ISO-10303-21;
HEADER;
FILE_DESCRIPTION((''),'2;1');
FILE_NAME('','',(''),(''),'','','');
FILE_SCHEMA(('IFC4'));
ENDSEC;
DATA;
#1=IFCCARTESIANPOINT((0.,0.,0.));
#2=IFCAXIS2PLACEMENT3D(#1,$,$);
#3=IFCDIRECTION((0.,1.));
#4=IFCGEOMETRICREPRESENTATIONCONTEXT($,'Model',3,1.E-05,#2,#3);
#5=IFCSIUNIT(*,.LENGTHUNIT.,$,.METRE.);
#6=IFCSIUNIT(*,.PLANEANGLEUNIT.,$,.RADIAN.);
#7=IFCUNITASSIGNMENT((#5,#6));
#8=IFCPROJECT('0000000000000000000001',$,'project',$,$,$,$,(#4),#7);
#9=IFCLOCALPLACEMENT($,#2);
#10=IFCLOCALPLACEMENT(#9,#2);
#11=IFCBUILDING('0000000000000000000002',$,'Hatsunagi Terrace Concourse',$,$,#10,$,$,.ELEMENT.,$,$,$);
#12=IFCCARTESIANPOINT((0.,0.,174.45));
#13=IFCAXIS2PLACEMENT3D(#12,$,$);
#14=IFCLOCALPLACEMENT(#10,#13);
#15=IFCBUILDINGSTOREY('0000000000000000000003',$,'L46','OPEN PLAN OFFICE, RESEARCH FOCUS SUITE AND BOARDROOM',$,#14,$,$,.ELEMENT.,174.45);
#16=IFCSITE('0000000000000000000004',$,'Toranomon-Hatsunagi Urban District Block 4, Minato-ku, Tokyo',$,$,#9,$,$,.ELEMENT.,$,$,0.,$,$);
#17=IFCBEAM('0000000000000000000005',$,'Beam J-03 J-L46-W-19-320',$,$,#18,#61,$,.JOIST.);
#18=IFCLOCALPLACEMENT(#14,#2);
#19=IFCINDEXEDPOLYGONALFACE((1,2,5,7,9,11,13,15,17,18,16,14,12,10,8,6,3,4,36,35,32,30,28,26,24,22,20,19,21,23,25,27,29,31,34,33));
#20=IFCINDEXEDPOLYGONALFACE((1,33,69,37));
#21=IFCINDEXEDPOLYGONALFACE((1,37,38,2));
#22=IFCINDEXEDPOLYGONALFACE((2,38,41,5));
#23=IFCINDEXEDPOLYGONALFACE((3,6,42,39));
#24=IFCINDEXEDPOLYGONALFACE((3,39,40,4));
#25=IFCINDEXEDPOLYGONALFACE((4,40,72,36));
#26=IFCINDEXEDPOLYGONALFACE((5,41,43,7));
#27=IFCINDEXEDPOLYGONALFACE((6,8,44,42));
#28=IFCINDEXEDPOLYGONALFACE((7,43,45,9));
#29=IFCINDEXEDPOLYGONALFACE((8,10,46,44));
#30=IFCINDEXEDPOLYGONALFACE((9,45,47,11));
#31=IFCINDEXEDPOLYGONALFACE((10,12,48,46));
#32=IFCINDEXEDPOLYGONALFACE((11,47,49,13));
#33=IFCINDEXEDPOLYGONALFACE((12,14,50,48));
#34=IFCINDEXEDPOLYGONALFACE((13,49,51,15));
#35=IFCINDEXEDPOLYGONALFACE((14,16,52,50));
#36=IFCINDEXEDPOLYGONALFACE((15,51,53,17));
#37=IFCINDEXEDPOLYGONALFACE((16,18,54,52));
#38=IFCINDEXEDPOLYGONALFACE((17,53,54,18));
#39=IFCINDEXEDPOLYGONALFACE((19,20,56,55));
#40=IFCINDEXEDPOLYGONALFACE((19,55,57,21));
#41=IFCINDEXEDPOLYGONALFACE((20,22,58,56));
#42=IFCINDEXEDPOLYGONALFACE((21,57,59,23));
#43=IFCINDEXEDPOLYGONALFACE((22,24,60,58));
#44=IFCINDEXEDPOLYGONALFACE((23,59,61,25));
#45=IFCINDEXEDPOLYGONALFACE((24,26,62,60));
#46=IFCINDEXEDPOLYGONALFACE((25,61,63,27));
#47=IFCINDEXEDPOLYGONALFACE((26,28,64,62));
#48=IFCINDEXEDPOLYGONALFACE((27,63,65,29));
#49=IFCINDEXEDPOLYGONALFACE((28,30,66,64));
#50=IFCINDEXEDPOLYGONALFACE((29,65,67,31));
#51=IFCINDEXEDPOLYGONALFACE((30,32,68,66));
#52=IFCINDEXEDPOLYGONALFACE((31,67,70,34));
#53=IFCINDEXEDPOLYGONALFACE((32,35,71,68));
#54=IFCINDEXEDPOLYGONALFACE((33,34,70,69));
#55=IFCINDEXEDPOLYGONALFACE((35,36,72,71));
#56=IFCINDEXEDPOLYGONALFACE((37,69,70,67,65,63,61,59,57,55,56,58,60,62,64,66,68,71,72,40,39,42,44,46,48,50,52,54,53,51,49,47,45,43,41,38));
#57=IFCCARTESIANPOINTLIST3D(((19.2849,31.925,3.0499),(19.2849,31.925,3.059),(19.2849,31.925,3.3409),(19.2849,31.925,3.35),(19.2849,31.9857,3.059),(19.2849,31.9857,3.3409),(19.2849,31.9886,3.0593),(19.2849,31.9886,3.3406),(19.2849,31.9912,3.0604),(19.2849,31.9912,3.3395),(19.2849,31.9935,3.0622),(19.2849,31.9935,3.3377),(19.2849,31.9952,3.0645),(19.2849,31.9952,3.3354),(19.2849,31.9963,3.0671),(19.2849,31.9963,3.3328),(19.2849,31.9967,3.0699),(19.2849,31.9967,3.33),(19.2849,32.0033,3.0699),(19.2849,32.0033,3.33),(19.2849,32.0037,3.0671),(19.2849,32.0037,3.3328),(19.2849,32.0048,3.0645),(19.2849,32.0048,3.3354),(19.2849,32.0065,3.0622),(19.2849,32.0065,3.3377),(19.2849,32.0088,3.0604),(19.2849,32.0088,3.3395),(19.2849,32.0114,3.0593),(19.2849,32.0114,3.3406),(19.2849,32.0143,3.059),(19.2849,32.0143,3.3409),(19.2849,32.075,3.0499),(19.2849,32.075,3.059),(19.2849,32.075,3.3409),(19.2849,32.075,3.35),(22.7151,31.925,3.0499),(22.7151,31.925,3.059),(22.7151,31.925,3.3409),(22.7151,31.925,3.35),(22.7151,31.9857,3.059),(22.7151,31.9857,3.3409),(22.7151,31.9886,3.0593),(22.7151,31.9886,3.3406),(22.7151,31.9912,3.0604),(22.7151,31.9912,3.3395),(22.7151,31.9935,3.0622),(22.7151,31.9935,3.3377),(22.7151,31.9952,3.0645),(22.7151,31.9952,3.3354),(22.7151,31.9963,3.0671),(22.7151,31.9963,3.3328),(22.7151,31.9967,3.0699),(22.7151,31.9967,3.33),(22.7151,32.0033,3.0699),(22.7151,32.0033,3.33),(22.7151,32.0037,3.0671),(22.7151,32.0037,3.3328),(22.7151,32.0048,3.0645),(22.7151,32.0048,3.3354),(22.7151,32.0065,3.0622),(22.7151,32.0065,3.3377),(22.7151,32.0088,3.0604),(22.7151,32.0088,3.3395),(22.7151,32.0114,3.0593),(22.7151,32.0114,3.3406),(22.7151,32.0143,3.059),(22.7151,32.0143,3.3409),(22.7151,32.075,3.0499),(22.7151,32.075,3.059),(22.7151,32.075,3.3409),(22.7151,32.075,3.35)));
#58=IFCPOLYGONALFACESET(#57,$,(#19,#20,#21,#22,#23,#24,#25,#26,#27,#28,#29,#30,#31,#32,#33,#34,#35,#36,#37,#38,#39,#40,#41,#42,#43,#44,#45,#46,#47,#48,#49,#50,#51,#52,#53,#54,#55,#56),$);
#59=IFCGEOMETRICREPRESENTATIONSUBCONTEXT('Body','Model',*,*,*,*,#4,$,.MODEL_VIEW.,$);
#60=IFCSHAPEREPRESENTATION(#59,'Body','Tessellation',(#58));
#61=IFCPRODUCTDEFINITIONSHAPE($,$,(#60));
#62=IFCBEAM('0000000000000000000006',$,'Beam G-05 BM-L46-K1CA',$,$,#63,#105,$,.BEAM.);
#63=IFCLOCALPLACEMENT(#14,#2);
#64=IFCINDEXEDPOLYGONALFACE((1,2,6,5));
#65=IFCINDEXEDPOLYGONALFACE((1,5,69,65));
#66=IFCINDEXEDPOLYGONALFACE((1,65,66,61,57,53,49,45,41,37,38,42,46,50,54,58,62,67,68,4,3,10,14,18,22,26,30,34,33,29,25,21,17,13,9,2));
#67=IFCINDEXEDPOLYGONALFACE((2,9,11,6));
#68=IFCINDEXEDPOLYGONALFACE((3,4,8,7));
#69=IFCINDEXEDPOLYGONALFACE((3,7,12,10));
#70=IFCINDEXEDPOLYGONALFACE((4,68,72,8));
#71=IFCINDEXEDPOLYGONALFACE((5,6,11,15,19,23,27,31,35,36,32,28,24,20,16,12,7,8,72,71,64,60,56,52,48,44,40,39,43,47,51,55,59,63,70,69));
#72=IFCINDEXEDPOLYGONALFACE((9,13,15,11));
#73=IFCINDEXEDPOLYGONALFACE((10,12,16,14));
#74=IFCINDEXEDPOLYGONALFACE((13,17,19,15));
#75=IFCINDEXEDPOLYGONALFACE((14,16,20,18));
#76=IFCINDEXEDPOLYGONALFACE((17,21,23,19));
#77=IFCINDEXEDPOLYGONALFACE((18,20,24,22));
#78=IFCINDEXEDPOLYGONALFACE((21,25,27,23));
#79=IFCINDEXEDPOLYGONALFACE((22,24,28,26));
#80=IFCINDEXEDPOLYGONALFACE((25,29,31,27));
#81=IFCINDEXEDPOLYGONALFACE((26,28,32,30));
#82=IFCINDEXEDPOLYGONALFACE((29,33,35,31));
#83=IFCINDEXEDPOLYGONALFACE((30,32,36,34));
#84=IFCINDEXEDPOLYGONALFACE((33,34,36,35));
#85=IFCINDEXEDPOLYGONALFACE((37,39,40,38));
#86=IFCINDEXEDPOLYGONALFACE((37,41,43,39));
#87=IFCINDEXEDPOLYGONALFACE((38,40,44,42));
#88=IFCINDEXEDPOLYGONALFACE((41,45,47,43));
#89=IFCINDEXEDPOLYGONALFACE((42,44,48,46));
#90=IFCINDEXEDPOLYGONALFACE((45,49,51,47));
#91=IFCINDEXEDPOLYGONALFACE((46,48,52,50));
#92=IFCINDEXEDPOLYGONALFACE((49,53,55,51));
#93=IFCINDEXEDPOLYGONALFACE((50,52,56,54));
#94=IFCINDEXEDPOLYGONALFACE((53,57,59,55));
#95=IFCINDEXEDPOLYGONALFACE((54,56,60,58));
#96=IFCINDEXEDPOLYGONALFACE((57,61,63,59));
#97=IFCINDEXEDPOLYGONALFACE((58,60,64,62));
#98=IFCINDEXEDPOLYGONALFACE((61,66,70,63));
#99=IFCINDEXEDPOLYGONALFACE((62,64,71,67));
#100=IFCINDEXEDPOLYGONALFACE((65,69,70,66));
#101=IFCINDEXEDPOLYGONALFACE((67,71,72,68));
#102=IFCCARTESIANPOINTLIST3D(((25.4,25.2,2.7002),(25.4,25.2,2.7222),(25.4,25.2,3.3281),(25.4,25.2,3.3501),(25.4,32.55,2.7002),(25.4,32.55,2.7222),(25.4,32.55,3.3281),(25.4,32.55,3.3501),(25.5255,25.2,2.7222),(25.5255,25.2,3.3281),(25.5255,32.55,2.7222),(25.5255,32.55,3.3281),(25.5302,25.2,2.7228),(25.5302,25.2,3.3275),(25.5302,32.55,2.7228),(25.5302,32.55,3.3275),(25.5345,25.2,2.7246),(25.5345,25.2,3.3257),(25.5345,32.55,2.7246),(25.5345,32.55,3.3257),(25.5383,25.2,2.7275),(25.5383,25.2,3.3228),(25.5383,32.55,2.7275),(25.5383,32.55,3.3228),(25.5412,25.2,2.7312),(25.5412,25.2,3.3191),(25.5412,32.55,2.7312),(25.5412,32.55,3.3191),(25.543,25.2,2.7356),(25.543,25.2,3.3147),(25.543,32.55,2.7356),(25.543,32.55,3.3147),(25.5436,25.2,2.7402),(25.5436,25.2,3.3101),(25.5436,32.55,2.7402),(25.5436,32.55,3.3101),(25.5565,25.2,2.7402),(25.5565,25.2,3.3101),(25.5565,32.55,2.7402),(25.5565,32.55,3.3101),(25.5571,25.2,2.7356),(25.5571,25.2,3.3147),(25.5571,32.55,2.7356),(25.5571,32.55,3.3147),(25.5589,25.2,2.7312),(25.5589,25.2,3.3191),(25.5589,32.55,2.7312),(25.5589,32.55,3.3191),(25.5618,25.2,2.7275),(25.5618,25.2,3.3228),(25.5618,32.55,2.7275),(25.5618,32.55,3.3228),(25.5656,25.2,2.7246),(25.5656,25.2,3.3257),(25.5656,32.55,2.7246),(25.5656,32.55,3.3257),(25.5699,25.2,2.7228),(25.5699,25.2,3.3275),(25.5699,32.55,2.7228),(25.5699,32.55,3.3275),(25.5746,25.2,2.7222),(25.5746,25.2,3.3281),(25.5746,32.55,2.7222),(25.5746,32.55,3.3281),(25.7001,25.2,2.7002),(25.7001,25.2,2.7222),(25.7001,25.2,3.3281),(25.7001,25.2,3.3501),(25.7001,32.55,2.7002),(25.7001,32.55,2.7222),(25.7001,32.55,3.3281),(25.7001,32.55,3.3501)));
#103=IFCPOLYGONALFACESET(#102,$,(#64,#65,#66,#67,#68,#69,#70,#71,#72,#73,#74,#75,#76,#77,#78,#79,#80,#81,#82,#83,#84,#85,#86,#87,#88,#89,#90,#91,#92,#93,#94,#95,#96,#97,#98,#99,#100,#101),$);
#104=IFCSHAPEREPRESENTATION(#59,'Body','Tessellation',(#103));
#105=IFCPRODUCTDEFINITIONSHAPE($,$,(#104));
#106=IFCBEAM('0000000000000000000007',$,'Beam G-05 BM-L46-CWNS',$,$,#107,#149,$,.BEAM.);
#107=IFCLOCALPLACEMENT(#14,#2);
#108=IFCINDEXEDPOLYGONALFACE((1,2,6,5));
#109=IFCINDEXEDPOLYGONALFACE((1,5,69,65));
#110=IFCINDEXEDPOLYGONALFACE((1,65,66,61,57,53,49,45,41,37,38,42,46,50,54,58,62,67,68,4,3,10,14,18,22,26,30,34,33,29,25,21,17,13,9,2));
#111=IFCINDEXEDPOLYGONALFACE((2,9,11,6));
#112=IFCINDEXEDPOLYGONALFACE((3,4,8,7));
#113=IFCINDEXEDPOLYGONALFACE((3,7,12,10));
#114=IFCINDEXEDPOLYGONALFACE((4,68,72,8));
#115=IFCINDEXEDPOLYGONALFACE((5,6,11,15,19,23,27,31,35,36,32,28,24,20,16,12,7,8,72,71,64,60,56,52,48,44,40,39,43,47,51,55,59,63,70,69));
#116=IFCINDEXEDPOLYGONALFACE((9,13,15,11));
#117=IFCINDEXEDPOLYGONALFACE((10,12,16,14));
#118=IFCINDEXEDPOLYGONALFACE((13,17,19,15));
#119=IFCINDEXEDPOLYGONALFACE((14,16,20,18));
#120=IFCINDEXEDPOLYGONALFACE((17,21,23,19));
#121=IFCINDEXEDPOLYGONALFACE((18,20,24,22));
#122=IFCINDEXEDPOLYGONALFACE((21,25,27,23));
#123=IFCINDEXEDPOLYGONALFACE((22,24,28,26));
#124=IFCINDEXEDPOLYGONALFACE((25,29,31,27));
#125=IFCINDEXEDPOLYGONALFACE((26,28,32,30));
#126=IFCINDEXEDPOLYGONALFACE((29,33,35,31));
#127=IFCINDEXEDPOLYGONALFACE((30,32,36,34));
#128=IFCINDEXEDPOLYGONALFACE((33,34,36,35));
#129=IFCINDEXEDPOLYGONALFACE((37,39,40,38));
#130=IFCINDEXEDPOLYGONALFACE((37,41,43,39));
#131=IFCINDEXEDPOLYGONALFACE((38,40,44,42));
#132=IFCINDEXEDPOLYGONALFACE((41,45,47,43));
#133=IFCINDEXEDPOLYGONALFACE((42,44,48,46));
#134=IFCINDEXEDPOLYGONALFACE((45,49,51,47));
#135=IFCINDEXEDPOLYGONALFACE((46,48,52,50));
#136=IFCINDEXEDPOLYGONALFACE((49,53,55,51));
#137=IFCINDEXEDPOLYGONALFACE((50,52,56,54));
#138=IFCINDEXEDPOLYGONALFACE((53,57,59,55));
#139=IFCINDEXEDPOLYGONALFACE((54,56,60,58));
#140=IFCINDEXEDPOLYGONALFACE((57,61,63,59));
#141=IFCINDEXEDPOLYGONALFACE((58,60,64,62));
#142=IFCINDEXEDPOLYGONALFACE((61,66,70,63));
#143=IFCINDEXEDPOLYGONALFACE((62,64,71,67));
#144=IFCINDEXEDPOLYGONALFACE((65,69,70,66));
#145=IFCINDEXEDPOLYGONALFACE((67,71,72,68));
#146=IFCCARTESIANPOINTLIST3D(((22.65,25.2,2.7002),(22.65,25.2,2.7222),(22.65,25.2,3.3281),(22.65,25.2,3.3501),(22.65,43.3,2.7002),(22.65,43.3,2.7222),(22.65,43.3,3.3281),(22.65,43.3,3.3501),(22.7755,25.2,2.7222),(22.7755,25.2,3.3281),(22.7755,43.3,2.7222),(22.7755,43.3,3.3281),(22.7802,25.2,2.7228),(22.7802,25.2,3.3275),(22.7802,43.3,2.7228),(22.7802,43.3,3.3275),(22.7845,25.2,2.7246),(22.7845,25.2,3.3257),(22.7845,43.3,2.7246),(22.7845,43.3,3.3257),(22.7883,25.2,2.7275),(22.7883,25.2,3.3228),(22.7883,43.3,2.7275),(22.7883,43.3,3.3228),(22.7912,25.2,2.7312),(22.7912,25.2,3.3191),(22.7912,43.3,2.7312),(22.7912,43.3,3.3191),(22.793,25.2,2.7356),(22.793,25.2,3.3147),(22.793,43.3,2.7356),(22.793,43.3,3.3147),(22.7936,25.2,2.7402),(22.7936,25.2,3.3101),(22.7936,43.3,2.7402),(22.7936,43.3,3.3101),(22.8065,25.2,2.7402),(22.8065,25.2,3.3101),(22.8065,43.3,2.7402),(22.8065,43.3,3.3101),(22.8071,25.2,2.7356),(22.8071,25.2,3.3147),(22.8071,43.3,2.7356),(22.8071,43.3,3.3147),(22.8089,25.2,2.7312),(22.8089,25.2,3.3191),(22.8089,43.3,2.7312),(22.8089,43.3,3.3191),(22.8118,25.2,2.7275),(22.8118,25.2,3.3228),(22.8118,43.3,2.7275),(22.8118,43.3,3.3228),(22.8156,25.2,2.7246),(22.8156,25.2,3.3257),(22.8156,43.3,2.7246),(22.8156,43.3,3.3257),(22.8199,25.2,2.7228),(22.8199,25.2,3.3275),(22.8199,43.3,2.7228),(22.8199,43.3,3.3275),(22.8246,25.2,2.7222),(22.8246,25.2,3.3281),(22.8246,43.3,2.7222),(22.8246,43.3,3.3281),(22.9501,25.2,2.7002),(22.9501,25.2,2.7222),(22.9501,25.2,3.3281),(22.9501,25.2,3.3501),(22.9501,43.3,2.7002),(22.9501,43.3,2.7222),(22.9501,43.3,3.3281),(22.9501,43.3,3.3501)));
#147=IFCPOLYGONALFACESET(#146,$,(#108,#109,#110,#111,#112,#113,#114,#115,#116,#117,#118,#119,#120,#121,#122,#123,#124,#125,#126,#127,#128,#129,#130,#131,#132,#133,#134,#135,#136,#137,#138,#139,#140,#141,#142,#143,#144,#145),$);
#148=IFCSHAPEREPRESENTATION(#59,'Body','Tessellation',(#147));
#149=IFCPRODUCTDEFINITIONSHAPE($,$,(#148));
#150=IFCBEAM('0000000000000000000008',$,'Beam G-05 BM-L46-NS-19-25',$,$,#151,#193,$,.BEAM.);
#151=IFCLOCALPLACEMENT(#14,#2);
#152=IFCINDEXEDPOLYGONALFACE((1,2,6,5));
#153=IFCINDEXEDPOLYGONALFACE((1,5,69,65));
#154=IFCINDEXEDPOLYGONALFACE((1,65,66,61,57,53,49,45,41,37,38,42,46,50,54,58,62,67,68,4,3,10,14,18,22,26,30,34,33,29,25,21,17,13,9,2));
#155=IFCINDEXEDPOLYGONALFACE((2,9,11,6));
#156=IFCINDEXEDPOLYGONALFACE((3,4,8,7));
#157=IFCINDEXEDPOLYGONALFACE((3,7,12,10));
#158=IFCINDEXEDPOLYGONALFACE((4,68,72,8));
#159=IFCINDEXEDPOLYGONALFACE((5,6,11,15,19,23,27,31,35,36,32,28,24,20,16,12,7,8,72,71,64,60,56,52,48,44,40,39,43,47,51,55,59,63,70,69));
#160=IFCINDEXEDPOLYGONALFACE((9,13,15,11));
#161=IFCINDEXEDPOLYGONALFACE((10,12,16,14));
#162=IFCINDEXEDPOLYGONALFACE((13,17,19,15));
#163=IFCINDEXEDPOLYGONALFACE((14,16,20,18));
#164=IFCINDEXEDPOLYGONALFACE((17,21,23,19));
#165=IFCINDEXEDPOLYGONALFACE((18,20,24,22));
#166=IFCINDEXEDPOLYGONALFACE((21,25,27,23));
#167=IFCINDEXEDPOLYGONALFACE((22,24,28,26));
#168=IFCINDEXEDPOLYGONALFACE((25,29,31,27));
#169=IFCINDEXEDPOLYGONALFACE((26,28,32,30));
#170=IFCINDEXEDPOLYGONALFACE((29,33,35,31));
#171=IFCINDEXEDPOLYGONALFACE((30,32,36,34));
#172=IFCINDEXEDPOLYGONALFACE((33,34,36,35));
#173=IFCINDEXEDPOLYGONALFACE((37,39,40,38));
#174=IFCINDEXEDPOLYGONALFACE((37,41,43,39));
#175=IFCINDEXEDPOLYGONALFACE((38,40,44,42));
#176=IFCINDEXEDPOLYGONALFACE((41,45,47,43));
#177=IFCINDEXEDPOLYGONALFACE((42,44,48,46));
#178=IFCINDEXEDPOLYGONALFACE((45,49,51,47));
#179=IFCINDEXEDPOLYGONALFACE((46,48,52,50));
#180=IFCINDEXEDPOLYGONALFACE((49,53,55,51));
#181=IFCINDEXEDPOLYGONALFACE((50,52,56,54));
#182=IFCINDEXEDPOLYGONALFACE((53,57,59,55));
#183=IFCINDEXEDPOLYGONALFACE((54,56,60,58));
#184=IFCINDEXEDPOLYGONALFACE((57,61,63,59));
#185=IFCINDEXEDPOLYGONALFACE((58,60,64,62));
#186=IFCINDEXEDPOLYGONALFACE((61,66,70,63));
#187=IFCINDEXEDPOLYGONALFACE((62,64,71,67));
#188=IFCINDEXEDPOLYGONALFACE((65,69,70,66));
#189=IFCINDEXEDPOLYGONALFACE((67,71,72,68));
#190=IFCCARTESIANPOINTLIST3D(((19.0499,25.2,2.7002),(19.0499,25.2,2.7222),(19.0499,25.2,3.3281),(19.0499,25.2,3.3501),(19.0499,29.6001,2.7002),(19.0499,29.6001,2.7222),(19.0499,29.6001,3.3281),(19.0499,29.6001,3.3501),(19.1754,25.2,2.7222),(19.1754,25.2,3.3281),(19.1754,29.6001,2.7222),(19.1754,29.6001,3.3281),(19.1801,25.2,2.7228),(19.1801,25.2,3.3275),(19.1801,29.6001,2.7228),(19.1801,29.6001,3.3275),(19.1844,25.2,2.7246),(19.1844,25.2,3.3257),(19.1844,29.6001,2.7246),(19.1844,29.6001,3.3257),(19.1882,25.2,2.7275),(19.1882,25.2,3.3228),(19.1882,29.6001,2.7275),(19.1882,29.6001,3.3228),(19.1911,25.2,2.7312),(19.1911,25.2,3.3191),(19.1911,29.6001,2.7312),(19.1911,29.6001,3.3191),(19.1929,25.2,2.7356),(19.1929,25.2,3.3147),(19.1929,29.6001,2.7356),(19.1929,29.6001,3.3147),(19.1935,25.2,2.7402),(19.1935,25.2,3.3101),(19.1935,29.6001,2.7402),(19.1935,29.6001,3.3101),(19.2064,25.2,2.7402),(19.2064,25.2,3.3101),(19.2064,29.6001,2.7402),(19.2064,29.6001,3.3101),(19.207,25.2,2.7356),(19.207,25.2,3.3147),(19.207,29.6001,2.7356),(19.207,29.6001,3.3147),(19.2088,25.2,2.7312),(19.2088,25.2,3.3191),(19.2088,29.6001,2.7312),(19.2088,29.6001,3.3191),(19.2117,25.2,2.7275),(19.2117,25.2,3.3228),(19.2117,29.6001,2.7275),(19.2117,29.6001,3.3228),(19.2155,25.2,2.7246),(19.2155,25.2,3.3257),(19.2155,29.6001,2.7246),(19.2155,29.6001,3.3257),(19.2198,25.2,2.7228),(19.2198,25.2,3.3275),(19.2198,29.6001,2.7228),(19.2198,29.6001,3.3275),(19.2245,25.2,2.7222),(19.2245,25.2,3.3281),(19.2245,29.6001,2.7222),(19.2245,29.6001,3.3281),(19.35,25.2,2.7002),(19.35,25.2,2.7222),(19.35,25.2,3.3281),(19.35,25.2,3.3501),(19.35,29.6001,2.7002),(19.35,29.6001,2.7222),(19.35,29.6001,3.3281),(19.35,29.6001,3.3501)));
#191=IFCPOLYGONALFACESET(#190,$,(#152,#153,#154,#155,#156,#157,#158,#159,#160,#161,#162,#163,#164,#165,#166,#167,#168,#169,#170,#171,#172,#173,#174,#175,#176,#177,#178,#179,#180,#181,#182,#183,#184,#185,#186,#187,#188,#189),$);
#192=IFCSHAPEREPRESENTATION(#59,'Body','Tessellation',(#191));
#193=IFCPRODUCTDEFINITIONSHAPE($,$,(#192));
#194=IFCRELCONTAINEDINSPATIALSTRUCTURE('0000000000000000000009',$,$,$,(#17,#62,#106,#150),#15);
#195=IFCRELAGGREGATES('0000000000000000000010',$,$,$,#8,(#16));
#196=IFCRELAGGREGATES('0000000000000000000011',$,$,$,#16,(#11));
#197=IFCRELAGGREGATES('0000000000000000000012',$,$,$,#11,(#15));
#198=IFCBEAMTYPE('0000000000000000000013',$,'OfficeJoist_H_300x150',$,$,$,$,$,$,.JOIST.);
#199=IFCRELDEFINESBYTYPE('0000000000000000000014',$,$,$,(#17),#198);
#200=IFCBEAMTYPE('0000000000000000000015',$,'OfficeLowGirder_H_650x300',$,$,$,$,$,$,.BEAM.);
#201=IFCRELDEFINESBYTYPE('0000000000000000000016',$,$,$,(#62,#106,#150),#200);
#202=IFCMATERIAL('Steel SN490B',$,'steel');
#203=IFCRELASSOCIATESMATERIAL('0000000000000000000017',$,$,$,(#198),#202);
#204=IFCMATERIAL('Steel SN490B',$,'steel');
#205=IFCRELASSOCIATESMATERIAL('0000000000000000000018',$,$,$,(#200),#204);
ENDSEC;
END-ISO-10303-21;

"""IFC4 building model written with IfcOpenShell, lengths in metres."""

from ifc_helpers import new_model, si_unit, direction, frame, origin, origin_2d, place, context, subcontext, project, spatial, i_section, extrude, material, material_profile, profile_set, type_object, element, save


model = new_model("IFC4")

# Units and contexts
model_context = context("Model", 3, precision=1e-05, world=origin(), true_north=direction((0.0, 1.0)))
body_context = subcontext(model_context, "Body", "Model", "MODEL_VIEW")
ifc_project = project(units=[si_unit("LENGTHUNIT", "METRE"), si_unit("PLANEANGLEUNIT", "RADIAN")], contexts=[model_context])

# Site, building, storey
site_placement = place(None, origin())
site = spatial("IfcSite", under=ifc_project, at=site_placement, Name="Toranomon-Hatsunagi Urban District Block 4, Minato-ku, Tokyo", CompositionType="ELEMENT", RefElevation=0.0)
building_placement = place(site_placement, origin())
building = spatial("IfcBuilding", under=site, at=building_placement, Name="Hatsunagi Terrace Concourse", CompositionType="ELEMENT")
storey_placement = place(building_placement, frame((0.0, 0.0, 174.45)))
storey = spatial("IfcBuildingStorey", under=building, at=storey_placement, Name="L46", Description="OPEN PLAN OFFICE, RESEARCH FOCUS SUITE AND BOARDROOM", CompositionType="ELEMENT", Elevation=174.45)

# Beams
ifc_material_1 = material(Name="Steel SN490B", Category="steel")
ifc_material_profile_1 = material_profile(ifc_material_1, i_section(OverallWidth=0.1499, OverallDepth=0.3, WebThickness=0.0066, FlangeThickness=0.009, FilletRadius=0.011, at=origin_2d()), Name="H-300x150x6.5x9")
ifc_profile_set_1 = profile_set([ifc_material_profile_1], Name="Steel SN490B")
beam_type_1 = type_object("IfcBeamType", Name="OfficeJoist_H_300x150", PredefinedType="JOIST", material=ifc_profile_set_1)
for number, where, z_axis, x_axis, name in (
    (1, (19.2849, 32.0, 3.2), (1.0, 0.0, 0.0), (0.0, 1.0, 0.0), "Beam J-03 J-L46-W-19-320"),
):
    element("IfcBeam", number, at=place(storey_placement, frame(where, z_axis=z_axis, x_axis=x_axis)), inside=storey, type_object=beam_type_1, Name=name, PredefinedType="JOIST", context=body_context, shape_type="SweptSolid", body=[
        extrude(i_section(OverallWidth=0.1499, OverallDepth=0.3, WebThickness=0.0066, FlangeThickness=0.009, FilletRadius=0.011, at=origin_2d()), origin(), (0.0, 0.0, 1.0), 3.4302),
    ])
ifc_material_2 = material(Name="Steel SN490B", Category="steel")
ifc_material_profile_2 = material_profile(ifc_material_2, i_section(OverallWidth=0.3, OverallDepth=0.6499, WebThickness=0.0129, FlangeThickness=0.022, FilletRadius=0.0181, at=origin_2d()), Name="H-650x300x13x22")
ifc_profile_set_2 = profile_set([ifc_material_profile_2], Name="Steel SN490B")
beam_type_2 = type_object("IfcBeamType", Name="OfficeLowGirder_H_650x300", PredefinedType="BEAM", material=ifc_profile_set_2)
beam_1_placement = place(storey_placement, frame((25.55, 25.2, 3.0251), z_axis=(0.0, 1.0, 0.0), x_axis=(-1.0, 0.0, 0.0)))
element("IfcBeam", 2, at=beam_1_placement, inside=storey, type_object=beam_type_2, Name="Beam G-05 BM-L46-K1CA", PredefinedType="BEAM", context=body_context, shape_type="SweptSolid", body=[
    extrude(i_section(OverallWidth=0.3, OverallDepth=0.6499, WebThickness=0.0129, FlangeThickness=0.022, FilletRadius=0.0181, at=origin_2d()), origin(), (0.0, 0.0, 1.0), 7.3501),
])
beam_2_placement = place(storey_placement, frame((22.8, 25.2, 3.0251), z_axis=(0.0, 1.0, 0.0), x_axis=(-1.0, 0.0, 0.0)))
element("IfcBeam", 3, at=beam_2_placement, inside=storey, type_object=beam_type_2, Name="Beam G-05 BM-L46-CWNS", PredefinedType="BEAM", context=body_context, shape_type="SweptSolid", body=[
    extrude(i_section(OverallWidth=0.3, OverallDepth=0.6499, WebThickness=0.0129, FlangeThickness=0.022, FilletRadius=0.0181, at=origin_2d()), origin(), (0.0, 0.0, 1.0), 18.1001),
])
beam_3_placement = place(storey_placement, frame((19.2, 25.2, 3.0251), z_axis=(0.0, 1.0, 0.0), x_axis=(-1.0, 0.0, 0.0)))
element("IfcBeam", 4, at=beam_3_placement, inside=storey, type_object=beam_type_2, Name="Beam G-05 BM-L46-NS-19-25", PredefinedType="BEAM", context=body_context, shape_type="SweptSolid", body=[
    extrude(i_section(OverallWidth=0.3, OverallDepth=0.6499, WebThickness=0.0129, FlangeThickness=0.022, FilletRadius=0.0181, at=origin_2d()), origin(), (0.0, 0.0, 1.0), 4.4001),
])

save(model, "model.ifc")
